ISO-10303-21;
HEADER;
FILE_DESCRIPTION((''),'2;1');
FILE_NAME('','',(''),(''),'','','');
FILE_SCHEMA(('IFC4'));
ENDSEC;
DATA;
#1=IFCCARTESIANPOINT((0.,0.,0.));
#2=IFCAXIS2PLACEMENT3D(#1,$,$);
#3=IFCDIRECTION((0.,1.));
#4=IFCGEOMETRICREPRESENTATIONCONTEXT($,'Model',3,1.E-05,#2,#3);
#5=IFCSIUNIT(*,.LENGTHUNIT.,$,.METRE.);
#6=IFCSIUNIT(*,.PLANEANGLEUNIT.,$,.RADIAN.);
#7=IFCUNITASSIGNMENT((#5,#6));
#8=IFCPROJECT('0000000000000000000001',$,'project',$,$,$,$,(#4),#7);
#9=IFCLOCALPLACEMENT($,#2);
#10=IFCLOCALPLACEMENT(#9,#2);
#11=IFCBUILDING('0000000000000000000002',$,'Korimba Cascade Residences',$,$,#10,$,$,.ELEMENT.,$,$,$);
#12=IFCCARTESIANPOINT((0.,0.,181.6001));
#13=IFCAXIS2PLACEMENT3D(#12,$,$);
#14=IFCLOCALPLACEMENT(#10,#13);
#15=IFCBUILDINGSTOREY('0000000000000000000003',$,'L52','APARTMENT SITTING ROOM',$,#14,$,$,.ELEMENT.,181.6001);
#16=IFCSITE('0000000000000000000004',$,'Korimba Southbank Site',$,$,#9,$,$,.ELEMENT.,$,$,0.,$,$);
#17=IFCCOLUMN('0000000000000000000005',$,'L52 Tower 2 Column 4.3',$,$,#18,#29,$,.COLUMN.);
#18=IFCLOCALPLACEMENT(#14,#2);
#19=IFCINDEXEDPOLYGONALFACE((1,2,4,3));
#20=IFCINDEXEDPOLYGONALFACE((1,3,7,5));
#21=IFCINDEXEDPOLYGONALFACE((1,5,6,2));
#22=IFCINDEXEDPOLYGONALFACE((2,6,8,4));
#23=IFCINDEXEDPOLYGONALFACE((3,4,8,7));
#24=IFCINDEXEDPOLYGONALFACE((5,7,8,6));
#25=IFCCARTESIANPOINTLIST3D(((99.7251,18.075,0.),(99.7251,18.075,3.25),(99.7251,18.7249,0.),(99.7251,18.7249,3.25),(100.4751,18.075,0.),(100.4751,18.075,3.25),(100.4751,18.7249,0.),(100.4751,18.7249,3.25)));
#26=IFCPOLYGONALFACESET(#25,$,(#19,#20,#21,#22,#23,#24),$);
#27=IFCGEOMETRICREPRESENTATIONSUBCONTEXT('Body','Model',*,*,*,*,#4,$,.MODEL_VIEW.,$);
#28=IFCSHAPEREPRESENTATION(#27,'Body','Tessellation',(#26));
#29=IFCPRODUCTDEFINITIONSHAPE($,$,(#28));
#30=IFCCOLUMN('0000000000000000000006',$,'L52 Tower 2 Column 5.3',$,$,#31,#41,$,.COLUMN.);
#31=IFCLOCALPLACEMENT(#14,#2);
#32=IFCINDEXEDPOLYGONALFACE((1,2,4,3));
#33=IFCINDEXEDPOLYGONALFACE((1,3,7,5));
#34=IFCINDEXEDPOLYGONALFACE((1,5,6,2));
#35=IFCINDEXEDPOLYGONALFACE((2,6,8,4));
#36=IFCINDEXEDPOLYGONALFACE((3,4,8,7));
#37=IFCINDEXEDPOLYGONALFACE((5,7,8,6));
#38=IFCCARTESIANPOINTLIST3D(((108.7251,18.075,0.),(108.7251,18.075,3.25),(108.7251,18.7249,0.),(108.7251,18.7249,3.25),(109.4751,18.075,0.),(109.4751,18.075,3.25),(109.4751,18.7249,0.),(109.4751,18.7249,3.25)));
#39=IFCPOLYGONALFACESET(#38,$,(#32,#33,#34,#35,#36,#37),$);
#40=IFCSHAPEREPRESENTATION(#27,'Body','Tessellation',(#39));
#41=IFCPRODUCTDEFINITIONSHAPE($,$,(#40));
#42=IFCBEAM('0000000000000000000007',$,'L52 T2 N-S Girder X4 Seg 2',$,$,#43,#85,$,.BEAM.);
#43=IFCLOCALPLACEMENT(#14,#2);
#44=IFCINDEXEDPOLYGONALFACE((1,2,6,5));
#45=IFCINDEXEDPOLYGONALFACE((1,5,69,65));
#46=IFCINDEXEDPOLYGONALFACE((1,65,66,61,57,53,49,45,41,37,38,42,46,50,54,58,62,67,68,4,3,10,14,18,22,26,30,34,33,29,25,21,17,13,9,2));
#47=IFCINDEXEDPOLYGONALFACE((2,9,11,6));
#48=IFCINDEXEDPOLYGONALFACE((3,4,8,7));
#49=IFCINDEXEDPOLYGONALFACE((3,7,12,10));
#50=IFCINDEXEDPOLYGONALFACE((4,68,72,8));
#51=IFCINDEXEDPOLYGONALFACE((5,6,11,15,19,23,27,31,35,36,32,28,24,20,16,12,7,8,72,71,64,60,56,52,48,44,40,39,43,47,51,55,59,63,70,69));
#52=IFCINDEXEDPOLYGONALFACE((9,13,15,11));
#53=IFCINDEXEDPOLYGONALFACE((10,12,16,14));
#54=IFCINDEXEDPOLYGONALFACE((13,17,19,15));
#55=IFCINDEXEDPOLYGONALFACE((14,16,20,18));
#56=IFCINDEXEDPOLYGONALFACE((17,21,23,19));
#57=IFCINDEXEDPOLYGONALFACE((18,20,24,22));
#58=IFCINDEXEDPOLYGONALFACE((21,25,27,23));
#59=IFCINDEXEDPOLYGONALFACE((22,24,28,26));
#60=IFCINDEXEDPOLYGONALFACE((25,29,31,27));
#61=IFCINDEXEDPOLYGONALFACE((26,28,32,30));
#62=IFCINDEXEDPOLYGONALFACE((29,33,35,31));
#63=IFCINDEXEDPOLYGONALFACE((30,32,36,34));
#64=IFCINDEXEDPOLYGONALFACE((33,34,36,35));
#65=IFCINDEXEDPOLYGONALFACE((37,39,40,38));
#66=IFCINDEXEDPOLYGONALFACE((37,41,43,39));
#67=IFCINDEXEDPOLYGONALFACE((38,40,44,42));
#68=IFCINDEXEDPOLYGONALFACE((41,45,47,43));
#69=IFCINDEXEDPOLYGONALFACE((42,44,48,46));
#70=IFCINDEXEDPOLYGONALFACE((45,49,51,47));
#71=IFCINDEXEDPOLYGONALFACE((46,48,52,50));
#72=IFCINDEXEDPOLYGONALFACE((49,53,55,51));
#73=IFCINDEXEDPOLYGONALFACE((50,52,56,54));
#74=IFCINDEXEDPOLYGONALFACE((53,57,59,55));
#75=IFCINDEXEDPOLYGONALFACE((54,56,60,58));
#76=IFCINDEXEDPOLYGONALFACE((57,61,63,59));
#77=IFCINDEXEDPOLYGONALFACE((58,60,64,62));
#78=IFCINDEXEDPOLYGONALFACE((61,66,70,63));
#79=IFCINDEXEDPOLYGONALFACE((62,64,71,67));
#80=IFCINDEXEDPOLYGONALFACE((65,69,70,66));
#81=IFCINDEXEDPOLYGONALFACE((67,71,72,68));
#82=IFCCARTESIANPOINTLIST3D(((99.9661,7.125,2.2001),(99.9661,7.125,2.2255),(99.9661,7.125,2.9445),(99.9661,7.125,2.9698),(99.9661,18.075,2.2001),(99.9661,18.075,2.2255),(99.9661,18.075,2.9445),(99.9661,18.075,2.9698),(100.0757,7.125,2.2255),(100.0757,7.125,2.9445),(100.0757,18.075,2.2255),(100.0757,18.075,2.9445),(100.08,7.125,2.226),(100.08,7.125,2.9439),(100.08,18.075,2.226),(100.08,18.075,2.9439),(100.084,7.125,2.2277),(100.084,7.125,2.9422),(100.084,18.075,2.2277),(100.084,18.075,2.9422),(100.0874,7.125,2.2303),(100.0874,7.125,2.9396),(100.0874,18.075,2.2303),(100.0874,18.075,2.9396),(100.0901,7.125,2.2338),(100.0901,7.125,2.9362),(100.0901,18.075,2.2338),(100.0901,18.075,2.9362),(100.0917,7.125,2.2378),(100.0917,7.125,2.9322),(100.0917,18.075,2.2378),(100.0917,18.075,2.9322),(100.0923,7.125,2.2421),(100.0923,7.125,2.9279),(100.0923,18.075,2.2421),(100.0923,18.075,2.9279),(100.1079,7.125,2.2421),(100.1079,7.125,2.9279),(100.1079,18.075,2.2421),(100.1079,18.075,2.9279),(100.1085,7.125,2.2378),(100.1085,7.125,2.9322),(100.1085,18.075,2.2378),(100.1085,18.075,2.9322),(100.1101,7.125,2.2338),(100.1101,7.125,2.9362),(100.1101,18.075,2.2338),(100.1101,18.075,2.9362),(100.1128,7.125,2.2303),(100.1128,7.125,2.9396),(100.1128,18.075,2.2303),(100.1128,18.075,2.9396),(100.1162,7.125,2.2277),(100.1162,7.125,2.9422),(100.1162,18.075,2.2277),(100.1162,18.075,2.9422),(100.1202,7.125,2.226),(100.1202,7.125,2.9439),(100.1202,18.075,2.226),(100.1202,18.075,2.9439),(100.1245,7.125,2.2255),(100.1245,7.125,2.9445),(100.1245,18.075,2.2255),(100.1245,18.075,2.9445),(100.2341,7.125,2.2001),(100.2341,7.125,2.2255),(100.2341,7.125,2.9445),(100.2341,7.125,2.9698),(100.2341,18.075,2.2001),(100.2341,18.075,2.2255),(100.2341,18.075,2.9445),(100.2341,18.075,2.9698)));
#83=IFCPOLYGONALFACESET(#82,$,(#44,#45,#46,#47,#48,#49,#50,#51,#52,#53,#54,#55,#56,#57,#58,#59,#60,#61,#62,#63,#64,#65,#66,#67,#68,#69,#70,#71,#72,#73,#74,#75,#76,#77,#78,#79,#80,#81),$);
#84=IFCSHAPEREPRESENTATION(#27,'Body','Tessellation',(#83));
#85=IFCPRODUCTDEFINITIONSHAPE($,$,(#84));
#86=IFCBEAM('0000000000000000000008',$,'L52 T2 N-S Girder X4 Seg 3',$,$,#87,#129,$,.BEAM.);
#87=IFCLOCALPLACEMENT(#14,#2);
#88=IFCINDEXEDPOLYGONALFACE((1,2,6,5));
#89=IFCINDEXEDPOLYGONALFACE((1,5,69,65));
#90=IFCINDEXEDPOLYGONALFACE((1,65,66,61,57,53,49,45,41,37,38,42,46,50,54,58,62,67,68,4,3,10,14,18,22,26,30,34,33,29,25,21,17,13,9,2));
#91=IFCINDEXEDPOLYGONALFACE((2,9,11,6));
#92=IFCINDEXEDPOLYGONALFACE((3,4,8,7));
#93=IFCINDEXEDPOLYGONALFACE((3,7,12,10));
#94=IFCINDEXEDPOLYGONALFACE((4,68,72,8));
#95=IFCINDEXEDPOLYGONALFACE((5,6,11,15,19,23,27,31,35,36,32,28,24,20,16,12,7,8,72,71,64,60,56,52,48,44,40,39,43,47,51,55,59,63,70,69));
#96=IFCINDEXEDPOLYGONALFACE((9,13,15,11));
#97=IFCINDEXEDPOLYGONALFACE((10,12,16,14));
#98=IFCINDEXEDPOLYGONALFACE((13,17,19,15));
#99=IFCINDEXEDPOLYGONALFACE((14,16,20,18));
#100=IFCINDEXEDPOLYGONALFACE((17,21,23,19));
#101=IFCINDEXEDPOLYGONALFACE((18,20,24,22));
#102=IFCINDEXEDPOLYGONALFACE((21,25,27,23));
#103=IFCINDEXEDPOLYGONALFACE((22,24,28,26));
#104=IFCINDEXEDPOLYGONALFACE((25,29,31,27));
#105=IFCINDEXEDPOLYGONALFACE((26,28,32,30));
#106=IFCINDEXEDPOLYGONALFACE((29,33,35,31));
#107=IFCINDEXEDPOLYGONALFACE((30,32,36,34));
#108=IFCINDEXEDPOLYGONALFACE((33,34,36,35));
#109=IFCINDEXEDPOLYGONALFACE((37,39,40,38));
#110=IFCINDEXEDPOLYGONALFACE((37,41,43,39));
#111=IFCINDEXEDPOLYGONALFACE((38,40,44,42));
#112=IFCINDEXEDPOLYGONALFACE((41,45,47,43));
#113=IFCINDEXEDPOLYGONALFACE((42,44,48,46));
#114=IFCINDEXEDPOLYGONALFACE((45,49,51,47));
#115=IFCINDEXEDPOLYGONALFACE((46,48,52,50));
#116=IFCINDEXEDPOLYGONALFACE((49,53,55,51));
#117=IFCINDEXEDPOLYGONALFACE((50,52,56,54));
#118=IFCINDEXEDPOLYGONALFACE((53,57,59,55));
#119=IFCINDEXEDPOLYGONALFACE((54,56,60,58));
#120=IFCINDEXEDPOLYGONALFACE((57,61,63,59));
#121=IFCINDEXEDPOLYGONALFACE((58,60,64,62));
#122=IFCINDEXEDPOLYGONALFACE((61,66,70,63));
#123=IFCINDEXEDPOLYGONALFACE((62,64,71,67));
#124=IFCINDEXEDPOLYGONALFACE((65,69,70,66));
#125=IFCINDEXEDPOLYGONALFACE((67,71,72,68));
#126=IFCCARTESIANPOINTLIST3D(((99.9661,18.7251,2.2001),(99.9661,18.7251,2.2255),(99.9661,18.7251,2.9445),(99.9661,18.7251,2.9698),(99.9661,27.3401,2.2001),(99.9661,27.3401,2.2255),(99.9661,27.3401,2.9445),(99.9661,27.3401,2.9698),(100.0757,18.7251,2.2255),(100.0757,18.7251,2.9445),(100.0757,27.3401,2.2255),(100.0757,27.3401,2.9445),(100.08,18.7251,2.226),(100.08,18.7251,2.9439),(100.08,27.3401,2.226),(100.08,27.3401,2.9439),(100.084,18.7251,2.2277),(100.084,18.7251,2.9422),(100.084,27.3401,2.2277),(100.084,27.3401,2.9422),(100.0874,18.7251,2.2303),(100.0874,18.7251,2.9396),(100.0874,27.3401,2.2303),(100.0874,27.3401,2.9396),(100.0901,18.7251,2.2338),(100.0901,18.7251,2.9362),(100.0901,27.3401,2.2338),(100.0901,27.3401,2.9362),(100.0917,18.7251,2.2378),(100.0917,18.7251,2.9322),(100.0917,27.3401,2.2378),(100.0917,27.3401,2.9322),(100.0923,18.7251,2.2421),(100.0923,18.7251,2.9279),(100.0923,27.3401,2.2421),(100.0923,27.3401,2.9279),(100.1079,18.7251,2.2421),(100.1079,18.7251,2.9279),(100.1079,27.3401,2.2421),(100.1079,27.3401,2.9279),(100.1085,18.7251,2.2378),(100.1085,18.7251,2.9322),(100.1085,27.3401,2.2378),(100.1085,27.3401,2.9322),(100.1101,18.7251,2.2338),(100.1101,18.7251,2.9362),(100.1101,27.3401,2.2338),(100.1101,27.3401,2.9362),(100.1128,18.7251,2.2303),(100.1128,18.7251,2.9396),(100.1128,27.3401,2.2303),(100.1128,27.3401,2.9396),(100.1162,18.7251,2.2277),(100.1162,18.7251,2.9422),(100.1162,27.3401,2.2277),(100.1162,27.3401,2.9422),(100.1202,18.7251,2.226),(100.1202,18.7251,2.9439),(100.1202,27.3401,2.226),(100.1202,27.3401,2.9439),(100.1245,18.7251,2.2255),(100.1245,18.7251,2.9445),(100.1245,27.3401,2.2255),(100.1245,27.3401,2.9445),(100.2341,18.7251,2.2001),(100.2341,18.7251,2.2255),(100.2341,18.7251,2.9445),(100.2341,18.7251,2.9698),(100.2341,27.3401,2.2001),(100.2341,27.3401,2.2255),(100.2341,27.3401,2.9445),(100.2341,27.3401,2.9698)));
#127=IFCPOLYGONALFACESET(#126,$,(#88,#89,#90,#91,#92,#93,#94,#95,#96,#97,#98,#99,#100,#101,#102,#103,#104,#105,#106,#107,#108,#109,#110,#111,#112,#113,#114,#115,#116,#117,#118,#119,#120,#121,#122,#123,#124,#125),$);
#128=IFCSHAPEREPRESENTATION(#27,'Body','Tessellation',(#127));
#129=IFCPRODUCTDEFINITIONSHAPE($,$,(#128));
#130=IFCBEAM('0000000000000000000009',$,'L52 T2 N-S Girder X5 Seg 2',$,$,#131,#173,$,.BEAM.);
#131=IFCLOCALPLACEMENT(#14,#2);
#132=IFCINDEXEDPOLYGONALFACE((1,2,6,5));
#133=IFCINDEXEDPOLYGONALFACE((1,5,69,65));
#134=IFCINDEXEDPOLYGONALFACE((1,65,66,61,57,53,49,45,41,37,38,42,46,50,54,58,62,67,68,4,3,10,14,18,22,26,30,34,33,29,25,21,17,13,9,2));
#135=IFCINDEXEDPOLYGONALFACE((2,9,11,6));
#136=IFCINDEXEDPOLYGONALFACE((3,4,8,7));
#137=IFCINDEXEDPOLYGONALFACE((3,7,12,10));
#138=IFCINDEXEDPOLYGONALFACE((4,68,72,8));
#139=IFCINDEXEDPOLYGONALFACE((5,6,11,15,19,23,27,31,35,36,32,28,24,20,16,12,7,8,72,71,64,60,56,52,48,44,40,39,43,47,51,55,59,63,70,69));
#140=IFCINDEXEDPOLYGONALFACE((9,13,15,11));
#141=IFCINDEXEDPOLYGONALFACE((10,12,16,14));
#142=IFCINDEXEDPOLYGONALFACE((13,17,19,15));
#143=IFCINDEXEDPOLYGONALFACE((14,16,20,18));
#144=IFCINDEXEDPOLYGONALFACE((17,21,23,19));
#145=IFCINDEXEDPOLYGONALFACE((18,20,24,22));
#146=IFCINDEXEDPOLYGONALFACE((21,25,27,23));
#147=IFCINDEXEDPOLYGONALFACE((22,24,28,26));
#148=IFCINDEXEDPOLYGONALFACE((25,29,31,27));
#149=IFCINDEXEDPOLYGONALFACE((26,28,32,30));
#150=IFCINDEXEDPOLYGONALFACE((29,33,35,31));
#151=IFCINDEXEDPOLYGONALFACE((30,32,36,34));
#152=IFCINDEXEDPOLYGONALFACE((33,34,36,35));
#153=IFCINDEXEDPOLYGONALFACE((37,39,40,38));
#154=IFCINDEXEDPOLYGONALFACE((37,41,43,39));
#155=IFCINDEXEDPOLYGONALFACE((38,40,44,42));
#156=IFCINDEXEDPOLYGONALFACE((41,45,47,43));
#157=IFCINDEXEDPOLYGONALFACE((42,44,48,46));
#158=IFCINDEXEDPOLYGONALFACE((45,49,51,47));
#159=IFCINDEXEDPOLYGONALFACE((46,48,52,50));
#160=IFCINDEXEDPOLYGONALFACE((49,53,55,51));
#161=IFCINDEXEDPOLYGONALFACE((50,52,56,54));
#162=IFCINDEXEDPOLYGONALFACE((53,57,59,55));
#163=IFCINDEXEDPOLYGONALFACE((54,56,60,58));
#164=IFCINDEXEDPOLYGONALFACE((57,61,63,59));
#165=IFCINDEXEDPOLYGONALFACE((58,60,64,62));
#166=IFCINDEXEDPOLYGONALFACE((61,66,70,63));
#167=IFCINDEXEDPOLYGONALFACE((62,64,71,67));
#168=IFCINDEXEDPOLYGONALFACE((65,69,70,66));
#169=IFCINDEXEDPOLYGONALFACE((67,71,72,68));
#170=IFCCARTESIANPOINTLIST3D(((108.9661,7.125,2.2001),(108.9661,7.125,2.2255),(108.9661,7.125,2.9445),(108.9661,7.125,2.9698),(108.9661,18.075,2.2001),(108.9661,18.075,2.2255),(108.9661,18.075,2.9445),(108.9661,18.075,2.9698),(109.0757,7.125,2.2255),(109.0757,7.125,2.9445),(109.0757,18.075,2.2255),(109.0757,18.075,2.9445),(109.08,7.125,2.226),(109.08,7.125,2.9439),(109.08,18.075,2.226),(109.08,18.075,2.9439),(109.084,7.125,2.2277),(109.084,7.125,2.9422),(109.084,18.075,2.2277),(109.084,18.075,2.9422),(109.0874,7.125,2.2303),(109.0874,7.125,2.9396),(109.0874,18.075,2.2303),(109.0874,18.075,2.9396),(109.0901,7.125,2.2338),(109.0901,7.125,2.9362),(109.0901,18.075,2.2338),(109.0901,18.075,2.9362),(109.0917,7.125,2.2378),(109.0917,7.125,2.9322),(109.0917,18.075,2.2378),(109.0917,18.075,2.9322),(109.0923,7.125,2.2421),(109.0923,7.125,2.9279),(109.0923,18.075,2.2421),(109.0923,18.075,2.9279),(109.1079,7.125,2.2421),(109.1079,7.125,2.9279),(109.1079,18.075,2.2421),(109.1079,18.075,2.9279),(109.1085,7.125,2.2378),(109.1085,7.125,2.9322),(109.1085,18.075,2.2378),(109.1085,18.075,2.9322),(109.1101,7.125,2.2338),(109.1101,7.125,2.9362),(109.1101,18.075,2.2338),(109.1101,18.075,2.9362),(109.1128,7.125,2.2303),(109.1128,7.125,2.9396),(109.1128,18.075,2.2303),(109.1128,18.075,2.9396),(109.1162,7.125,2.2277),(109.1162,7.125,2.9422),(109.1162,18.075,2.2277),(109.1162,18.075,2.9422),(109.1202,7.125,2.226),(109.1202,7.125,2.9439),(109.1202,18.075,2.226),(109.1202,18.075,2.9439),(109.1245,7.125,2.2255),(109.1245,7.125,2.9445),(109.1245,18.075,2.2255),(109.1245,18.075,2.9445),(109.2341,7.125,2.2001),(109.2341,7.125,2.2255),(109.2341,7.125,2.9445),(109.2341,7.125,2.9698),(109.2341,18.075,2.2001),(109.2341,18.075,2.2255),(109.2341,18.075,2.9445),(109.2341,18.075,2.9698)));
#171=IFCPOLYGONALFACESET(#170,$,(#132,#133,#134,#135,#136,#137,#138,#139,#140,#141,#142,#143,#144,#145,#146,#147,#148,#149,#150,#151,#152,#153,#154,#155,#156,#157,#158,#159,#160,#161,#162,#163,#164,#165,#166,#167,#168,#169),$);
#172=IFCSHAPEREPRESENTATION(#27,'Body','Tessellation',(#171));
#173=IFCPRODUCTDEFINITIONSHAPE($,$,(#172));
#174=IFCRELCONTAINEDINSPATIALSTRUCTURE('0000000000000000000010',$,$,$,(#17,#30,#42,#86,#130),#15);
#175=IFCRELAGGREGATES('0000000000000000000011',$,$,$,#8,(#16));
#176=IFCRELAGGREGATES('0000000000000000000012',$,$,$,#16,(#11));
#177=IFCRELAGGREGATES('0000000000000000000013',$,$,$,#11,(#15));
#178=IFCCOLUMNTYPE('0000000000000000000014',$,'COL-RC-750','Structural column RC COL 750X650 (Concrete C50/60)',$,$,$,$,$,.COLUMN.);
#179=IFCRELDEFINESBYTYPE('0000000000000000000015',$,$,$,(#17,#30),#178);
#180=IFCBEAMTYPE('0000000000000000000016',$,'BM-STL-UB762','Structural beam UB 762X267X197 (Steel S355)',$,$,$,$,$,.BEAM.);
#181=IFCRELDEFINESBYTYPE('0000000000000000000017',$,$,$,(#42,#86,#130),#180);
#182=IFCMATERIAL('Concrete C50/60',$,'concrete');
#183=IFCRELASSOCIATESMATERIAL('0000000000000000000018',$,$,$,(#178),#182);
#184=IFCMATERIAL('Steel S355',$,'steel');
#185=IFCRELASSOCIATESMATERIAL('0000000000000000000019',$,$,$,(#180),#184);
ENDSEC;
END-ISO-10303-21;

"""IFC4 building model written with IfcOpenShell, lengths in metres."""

from ifc_helpers import new_model, si_unit, direction, frame, origin, origin_2d, place, context, subcontext, project, spatial, rectangle, i_section, extrude, material, material_profile, profile_set, type_object, element, save


model = new_model("IFC4")

# Units and contexts
model_context = context("Model", 3, precision=1e-05, world=origin(), true_north=direction((0.0, 1.0)))
body_context = subcontext(model_context, "Body", "Model", "MODEL_VIEW")
ifc_project = project(units=[si_unit("LENGTHUNIT", "METRE"), si_unit("PLANEANGLEUNIT", "RADIAN")], contexts=[model_context])

# Site, building, storey
site_placement = place(None, origin())
site = spatial("IfcSite", under=ifc_project, at=site_placement, Name="Korimba Southbank Site", CompositionType="ELEMENT", RefElevation=0.0)
building_placement = place(site_placement, origin())
building = spatial("IfcBuilding", under=site, at=building_placement, Name="Korimba Cascade Residences", CompositionType="ELEMENT")
storey_placement = place(building_placement, frame((0.0, 0.0, 181.6001)))
storey = spatial("IfcBuildingStorey", under=building, at=storey_placement, Name="L52", Description="APARTMENT SITTING ROOM", CompositionType="ELEMENT", Elevation=181.6001)

# Columns
ifc_material_1 = material(Name="Concrete C50/60", Category="concrete")
ifc_material_profile_1 = material_profile(ifc_material_1, rectangle(XDim=0.75, YDim=0.6499, at=origin_2d()), Name="Concrete C50/60")
ifc_profile_set_1 = profile_set([ifc_material_profile_1], Name="Concrete C50/60")
column_type = type_object("IfcColumnType", Name="COL-RC-750", Description="Structural column RC COL 750X650 (Concrete C50/60)", PredefinedType="COLUMN", material=ifc_profile_set_1)
for number, where, z_axis, x_axis, name in (
    (1, (100.1001, 18.3999, 0.0), (0.0, 0.0, 1.0), (1.0, 0.0, 0.0), "L52 Tower 2 Column 4.3"),
    (2, (109.1001, 18.3999, 0.0), (0.0, 0.0, 1.0), (1.0, 0.0, 0.0), "L52 Tower 2 Column 5.3"),
):
    element("IfcColumn", number, at=place(storey_placement, frame(where, z_axis=z_axis, x_axis=x_axis)), inside=storey, type_object=column_type, Name=name, PredefinedType="COLUMN", context=body_context, shape_type="SweptSolid", body=[
        extrude(rectangle(XDim=0.75, YDim=0.6499, at=origin_2d()), origin(), (0.0, 0.0, 1.0), 3.25),
    ])

# Beams
ifc_material_2 = material(Name="Steel S355", Category="steel")
ifc_material_profile_2 = material_profile(ifc_material_2, i_section(OverallWidth=0.2681, OverallDepth=0.7698, WebThickness=0.0156, FlangeThickness=0.0254, FilletRadius=0.0166, at=origin_2d()), Name="Steel S355")
ifc_profile_set_2 = profile_set([ifc_material_profile_2], Name="Steel S355")
beam_type = type_object("IfcBeamType", Name="BM-STL-UB762", Description="Structural beam UB 762X267X197 (Steel S355)", PredefinedType="BEAM", material=ifc_profile_set_2)
beam_1_placement = place(storey_placement, frame((100.1001, 7.125, 2.585), z_axis=(0.0, 1.0, 0.0), x_axis=(-1.0, 0.0, 0.0)))
element("IfcBeam", 3, at=beam_1_placement, inside=storey, type_object=beam_type, Name="L52 T2 N-S Girder X4 Seg 2", PredefinedType="BEAM", context=body_context, shape_type="SweptSolid", body=[
    extrude(i_section(OverallWidth=0.2681, OverallDepth=0.7698, WebThickness=0.0156, FlangeThickness=0.0254, FilletRadius=0.0166, at=origin_2d()), origin(), (0.0, 0.0, 1.0), 10.95),
])
beam_2_placement = place(storey_placement, frame((100.1001, 18.7251, 2.585), z_axis=(0.0, 1.0, 0.0), x_axis=(-1.0, 0.0, 0.0)))
element("IfcBeam", 4, at=beam_2_placement, inside=storey, type_object=beam_type, Name="L52 T2 N-S Girder X4 Seg 3", PredefinedType="BEAM", context=body_context, shape_type="SweptSolid", body=[
    extrude(i_section(OverallWidth=0.2681, OverallDepth=0.7698, WebThickness=0.0156, FlangeThickness=0.0254, FilletRadius=0.0166, at=origin_2d()), origin(), (0.0, 0.0, 1.0), 8.615),
])
beam_3_placement = place(storey_placement, frame((109.1001, 7.125, 2.585), z_axis=(0.0, 1.0, 0.0), x_axis=(-1.0, 0.0, 0.0)))
element("IfcBeam", 5, at=beam_3_placement, inside=storey, type_object=beam_type, Name="L52 T2 N-S Girder X5 Seg 2", PredefinedType="BEAM", context=body_context, shape_type="SweptSolid", body=[
    extrude(i_section(OverallWidth=0.2681, OverallDepth=0.7698, WebThickness=0.0156, FlangeThickness=0.0254, FilletRadius=0.0166, at=origin_2d()), origin(), (0.0, 0.0, 1.0), 10.95),
])

save(model, "model.ifc")
